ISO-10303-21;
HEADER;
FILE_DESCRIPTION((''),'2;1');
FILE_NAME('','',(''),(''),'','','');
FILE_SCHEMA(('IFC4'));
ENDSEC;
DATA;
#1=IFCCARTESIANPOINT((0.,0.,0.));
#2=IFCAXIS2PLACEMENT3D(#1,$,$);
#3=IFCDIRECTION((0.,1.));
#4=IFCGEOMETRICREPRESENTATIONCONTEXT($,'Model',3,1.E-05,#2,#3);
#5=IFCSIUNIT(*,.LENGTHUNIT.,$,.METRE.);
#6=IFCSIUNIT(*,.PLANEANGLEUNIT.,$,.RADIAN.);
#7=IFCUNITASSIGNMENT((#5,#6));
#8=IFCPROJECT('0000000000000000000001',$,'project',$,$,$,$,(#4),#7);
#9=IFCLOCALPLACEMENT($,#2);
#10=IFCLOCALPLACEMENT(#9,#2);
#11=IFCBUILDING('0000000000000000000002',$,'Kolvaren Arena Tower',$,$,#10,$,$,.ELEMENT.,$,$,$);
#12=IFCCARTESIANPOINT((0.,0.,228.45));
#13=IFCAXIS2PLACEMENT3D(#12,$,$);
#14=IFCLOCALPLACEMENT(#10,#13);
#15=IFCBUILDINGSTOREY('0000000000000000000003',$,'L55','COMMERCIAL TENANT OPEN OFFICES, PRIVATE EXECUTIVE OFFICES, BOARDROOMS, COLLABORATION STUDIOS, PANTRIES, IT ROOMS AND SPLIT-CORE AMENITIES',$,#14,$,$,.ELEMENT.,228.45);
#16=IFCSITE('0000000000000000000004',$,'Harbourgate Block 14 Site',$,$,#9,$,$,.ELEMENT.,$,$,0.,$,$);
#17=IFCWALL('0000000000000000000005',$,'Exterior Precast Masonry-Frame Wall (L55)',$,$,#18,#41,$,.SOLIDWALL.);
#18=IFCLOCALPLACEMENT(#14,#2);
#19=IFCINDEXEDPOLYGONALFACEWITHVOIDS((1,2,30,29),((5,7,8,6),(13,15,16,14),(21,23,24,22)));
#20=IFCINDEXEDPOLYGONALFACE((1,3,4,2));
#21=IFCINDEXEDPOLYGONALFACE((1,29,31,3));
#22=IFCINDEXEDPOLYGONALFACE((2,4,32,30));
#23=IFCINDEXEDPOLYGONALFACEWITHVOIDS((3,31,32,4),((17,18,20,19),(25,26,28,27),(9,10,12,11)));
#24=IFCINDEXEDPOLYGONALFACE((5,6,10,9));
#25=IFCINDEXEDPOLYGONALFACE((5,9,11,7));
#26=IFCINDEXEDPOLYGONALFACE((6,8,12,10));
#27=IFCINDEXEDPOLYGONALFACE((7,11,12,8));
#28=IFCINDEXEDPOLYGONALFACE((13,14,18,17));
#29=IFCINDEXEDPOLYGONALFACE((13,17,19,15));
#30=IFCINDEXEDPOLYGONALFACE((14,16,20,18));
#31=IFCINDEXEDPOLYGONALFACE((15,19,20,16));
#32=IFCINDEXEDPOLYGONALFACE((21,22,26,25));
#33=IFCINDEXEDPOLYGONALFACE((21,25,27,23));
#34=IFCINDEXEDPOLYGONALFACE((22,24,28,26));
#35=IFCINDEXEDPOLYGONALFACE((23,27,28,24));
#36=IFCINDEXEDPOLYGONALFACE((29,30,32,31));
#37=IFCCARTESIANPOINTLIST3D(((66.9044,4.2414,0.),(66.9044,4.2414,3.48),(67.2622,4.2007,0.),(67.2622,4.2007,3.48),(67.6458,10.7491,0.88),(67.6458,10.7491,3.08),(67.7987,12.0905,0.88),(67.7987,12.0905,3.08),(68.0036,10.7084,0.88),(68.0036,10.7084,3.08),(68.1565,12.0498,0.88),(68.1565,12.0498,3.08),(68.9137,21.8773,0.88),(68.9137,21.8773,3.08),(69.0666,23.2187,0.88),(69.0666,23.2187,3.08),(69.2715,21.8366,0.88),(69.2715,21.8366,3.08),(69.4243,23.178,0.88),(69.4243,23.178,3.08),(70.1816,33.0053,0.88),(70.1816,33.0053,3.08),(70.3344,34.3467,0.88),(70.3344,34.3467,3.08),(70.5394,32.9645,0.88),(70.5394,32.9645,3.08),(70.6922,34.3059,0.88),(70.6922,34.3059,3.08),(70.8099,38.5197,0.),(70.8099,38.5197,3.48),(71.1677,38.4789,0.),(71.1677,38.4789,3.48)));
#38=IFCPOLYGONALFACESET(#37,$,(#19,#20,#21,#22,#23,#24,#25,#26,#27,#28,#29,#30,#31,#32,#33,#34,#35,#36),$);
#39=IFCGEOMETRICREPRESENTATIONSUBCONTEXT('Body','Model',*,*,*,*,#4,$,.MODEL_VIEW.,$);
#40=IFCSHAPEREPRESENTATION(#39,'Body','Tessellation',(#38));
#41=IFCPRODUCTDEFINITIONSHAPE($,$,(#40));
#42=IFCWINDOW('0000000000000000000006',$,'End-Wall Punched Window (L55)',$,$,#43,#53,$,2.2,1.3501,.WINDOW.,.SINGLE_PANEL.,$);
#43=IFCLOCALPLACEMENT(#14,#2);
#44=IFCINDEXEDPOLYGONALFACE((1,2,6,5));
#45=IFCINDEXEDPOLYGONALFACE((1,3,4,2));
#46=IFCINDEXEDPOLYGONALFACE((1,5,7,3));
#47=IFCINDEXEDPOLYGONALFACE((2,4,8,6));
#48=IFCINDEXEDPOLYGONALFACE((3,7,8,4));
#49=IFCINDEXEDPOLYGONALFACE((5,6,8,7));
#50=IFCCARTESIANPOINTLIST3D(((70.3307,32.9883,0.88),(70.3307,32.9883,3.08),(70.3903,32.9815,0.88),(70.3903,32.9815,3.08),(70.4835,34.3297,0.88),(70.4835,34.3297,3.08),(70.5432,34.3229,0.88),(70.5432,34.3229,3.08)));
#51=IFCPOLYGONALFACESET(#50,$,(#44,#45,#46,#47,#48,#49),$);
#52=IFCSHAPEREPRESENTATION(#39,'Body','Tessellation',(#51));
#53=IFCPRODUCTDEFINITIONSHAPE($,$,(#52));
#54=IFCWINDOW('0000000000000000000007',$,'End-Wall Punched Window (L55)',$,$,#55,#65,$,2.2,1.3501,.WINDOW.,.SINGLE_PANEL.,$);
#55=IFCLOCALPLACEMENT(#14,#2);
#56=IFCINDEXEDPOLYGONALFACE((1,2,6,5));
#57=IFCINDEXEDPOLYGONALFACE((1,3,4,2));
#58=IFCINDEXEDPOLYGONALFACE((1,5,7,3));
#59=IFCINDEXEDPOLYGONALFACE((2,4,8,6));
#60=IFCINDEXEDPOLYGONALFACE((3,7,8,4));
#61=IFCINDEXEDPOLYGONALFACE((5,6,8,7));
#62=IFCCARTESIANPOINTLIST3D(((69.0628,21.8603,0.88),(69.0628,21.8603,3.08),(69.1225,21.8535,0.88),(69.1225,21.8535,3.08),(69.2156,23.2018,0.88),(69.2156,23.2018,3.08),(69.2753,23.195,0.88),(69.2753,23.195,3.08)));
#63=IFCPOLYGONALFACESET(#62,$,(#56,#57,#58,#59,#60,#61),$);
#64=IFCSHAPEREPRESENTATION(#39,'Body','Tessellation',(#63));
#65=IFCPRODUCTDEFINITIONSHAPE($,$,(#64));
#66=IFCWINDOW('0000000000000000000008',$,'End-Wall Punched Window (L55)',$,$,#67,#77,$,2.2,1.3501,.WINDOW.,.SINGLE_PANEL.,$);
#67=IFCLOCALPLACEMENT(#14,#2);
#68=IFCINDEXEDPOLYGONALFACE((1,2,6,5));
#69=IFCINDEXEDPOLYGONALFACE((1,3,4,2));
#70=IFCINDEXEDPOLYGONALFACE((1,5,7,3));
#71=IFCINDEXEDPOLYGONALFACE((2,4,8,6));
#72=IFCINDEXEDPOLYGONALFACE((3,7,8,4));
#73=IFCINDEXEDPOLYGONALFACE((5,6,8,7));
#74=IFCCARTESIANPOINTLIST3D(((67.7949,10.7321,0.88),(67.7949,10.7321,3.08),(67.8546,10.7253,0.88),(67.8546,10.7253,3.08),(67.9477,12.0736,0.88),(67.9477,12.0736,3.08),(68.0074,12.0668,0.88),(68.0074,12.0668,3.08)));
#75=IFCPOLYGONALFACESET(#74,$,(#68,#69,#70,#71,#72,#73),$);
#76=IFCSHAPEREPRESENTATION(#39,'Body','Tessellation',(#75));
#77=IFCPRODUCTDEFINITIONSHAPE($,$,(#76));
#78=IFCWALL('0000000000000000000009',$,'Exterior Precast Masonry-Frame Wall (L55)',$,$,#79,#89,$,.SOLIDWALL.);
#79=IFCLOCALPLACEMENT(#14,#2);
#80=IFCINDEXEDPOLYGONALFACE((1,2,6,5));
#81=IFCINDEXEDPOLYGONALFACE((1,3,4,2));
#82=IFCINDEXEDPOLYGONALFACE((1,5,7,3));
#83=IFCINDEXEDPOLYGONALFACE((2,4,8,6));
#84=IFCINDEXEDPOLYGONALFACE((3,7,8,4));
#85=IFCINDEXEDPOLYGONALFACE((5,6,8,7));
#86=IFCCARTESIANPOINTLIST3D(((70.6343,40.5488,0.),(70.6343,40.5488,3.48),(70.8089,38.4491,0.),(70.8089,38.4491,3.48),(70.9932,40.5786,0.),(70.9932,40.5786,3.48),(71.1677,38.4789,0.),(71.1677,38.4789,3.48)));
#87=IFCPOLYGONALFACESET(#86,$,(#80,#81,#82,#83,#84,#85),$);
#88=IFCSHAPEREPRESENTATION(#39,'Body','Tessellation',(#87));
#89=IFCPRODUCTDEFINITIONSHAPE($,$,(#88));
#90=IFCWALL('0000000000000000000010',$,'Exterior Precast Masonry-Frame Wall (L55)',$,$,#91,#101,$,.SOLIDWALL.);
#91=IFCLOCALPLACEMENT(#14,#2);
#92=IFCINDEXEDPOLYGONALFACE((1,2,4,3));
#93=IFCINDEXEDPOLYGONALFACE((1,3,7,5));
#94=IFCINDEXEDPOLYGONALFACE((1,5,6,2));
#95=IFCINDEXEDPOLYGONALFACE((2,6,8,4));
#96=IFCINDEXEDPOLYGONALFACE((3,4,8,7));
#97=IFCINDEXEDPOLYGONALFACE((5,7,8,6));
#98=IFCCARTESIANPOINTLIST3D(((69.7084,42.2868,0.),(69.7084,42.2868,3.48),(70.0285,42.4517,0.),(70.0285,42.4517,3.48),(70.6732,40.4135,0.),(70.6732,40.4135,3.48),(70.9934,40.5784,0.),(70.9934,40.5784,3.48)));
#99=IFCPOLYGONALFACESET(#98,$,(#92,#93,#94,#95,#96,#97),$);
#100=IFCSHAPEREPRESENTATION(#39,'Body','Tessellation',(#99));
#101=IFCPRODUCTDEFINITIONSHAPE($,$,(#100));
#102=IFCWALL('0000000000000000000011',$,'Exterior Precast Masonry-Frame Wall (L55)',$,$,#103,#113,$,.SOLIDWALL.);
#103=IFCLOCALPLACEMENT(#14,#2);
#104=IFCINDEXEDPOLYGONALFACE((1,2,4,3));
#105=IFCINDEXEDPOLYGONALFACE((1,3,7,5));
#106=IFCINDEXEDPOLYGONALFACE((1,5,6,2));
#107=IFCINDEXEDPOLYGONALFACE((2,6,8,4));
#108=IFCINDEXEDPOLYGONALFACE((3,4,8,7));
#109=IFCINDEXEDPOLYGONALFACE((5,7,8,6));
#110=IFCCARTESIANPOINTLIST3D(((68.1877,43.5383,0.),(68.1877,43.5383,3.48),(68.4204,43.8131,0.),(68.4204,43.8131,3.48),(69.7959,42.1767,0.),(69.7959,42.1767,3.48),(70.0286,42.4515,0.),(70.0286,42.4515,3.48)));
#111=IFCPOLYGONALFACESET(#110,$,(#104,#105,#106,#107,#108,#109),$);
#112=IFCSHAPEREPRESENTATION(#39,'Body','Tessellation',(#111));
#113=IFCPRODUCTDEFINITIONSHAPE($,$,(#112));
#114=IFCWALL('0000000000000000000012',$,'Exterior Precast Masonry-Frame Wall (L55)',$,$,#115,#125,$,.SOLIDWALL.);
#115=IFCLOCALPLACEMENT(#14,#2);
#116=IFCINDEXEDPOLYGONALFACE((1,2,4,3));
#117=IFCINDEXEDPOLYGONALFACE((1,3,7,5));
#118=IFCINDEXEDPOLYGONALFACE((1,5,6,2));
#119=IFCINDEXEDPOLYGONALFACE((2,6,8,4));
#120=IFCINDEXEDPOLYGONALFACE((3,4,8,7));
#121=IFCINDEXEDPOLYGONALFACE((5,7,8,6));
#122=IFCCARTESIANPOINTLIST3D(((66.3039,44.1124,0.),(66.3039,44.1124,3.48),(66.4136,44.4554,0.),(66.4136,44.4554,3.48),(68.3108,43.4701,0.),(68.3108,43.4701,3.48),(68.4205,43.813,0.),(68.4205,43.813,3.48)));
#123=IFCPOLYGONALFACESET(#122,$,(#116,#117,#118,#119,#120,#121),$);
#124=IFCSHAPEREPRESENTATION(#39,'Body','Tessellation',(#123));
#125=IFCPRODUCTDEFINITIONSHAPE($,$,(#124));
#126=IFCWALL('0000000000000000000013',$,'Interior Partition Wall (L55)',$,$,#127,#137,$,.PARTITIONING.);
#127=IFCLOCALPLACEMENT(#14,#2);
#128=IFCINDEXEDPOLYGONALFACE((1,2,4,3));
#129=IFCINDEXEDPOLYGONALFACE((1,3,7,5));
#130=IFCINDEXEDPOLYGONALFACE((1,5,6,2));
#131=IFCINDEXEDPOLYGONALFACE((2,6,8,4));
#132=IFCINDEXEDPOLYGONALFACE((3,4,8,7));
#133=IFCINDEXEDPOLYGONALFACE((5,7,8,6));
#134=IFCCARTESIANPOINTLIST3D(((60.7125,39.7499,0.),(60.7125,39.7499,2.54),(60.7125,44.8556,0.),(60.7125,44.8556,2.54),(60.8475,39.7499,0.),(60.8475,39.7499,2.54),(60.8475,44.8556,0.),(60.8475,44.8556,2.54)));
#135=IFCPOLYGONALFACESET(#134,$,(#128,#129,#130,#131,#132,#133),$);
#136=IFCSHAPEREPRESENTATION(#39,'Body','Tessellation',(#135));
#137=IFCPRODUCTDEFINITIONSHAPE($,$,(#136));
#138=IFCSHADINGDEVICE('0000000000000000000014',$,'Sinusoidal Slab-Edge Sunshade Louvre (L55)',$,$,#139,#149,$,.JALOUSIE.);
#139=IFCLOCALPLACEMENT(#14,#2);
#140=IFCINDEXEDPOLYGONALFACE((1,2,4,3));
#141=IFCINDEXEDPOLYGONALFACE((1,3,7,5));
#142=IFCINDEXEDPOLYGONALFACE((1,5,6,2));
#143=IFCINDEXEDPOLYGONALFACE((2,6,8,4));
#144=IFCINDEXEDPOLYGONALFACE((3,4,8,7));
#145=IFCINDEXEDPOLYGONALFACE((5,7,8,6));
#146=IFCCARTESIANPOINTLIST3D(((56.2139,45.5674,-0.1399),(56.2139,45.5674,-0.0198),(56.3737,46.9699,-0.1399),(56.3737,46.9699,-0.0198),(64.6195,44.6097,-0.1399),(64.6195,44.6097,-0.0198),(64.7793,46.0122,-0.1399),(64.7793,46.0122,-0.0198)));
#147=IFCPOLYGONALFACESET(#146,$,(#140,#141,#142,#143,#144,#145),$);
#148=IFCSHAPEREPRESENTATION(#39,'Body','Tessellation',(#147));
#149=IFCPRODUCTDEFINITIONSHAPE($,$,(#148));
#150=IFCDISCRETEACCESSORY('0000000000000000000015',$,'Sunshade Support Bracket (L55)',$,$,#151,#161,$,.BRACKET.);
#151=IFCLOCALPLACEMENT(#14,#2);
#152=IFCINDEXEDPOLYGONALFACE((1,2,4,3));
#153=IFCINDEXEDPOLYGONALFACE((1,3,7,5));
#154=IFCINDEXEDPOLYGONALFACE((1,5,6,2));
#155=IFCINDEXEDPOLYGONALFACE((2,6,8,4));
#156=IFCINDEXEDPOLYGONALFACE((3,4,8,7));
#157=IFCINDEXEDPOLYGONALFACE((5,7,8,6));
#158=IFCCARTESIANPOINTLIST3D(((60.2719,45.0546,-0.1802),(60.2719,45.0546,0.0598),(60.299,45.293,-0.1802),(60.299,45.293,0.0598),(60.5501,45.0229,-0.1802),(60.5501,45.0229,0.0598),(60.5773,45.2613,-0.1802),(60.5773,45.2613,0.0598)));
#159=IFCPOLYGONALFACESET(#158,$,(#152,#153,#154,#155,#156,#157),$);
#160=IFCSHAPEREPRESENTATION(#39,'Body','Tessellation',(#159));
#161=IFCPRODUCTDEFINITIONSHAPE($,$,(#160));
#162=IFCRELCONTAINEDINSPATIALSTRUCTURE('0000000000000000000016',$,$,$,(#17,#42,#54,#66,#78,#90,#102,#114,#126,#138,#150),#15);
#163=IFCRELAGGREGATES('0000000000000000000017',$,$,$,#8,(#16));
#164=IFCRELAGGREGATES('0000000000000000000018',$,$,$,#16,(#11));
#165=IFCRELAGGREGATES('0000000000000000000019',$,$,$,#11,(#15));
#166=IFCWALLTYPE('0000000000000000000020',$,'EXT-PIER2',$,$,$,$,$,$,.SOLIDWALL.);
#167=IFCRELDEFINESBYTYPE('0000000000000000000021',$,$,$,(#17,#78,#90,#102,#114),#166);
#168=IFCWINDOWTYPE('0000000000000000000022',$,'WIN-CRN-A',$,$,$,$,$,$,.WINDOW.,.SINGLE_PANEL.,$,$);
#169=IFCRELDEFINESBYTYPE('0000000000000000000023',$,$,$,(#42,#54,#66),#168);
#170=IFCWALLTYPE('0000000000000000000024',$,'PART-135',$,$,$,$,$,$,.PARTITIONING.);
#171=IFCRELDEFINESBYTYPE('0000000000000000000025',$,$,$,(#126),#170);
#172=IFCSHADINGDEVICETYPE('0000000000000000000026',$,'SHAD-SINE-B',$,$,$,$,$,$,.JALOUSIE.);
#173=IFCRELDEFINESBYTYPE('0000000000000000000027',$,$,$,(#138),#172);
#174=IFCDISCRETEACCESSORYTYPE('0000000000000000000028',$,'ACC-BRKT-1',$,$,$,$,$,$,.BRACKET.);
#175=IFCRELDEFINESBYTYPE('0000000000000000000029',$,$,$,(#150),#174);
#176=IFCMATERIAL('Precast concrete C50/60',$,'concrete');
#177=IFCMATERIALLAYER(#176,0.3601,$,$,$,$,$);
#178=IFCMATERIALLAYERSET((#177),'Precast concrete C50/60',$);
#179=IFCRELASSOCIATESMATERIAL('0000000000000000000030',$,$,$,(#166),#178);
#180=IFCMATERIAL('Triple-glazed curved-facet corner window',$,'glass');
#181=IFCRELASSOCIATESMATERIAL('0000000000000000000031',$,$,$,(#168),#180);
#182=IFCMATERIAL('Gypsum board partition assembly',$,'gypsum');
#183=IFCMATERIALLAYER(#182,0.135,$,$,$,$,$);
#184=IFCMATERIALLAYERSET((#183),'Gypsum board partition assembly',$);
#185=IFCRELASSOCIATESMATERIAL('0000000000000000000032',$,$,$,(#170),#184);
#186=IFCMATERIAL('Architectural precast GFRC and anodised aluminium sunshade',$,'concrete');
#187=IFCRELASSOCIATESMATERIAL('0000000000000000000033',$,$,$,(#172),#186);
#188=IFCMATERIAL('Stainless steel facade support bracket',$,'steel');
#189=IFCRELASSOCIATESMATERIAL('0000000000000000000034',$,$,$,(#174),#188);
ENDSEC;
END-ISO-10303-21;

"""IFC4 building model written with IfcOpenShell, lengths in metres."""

from ifc_helpers import new_model, si_unit, direction, frame, frame_2d, origin, origin_2d, place, context, subcontext, project, spatial, rectangle, extrude, material, layer, layer_set, type_object, element, fill, save


model = new_model("IFC4")

# Units and contexts
model_context = context("Model", 3, precision=1e-05, world=origin(), true_north=direction((0.0, 1.0)))
body_context = subcontext(model_context, "Body", "Model", "MODEL_VIEW")
ifc_project = project(units=[si_unit("LENGTHUNIT", "METRE"), si_unit("PLANEANGLEUNIT", "RADIAN")], contexts=[model_context])

# Site, building, storey
site_placement = place(None, origin())
site = spatial("IfcSite", under=ifc_project, at=site_placement, Name="Harbourgate Block 14 Site", CompositionType="ELEMENT", RefElevation=0.0)
building_placement = place(site_placement, origin())
building = spatial("IfcBuilding", under=site, at=building_placement, Name="Kolvaren Arena Tower", CompositionType="ELEMENT")
storey_placement = place(building_placement, frame((0.0, 0.0, 228.45)))
storey = spatial("IfcBuildingStorey", under=building, at=storey_placement, Name="L55", Description="COMMERCIAL TENANT OPEN OFFICES, PRIVATE EXECUTIVE OFFICES, BOARDROOMS, COLLABORATION STUDIOS, PANTRIES, IT ROOMS AND SPLIT-CORE AMENITIES", CompositionType="ELEMENT", Elevation=228.45)

# Wall, openings, windows
ifc_material_1 = material(Name="Precast concrete C50/60", Category="concrete")
ifc_layer_1 = layer(ifc_material_1, 0.3601)
ifc_layer_set_1 = layer_set([ifc_layer_1], Name="Precast concrete C50/60")
wall_type_1 = type_object("IfcWallType", Name="EXT-PIER2", PredefinedType="SOLIDWALL", material=ifc_layer_set_1)
wall_1_placement = place(storey_placement, frame((70.9888, 38.4993, 0.0), z_axis=(0.0, 0.0, 1.0), x_axis=(-0.113203, -0.993572, 0.0)))
wall_1 = element("IfcWall", 1, at=wall_1_placement, inside=storey, type_object=wall_type_1, Name="Exterior Precast Masonry-Frame Wall (L55)", PredefinedType="SOLIDWALL", context=body_context, shape_type="SweptSolid", body=[
    extrude(rectangle(XDim=34.5, YDim=0.3601, at=frame_2d((17.25, 0.0))), origin(), (0.0, 0.0, 1.0), 3.48),
])
opening_1_placement = place(wall_1_placement, frame((4.2, 0.0, 0.8799)))
opening_1 = element("IfcOpeningElement", 2, at=opening_1_placement, cuts=wall_1, PredefinedType="OPENING", context=body_context, shape_type="SweptSolid", body=[
    extrude(rectangle(XDim=1.3501, YDim=2.2, at=frame_2d((0.675, 1.1001))), frame((0.0, 0.1899, 0.0), z_axis=(0.0, -1.0, 0.0), x_axis=(1.0, 0.0, 0.0)), (0.0, 0.0, 1.0), 0.3801),
])
opening_2_placement = place(wall_1_placement, frame((15.3999, 0.0, 0.8799)))
opening_2 = element("IfcOpeningElement", 3, at=opening_2_placement, cuts=wall_1, PredefinedType="OPENING", context=body_context, shape_type="SweptSolid", body=[
    extrude(rectangle(XDim=1.3501, YDim=2.2, at=frame_2d((0.675, 1.1001))), frame((0.0, 0.1899, 0.0), z_axis=(0.0, -1.0, 0.0), x_axis=(1.0, 0.0, 0.0)), (0.0, 0.0, 1.0), 0.3801),
])
opening_3_placement = place(wall_1_placement, frame((26.6001, 0.0, 0.8799)))
opening_3 = element("IfcOpeningElement", 4, at=opening_3_placement, cuts=wall_1, PredefinedType="OPENING", context=body_context, shape_type="SweptSolid", body=[
    extrude(rectangle(XDim=1.3501, YDim=2.2, at=frame_2d((0.675, 1.1001))), frame((0.0, 0.1899, 0.0), z_axis=(0.0, -1.0, 0.0), x_axis=(1.0, 0.0, 0.0)), (0.0, 0.0, 1.0), 0.3801),
])
ifc_material_2 = material(Name="Triple-glazed curved-facet corner window", Category="glass")
window_type = type_object("IfcWindowType", Name="WIN-CRN-A", PartitioningType="SINGLE_PANEL", PredefinedType="WINDOW", material=ifc_material_2)
window_1_placement = place(opening_1_placement, origin())
window_1 = element("IfcWindow", 5, at=window_1_placement, inside=storey, type_object=window_type, Name="End-Wall Punched Window (L55)", OverallHeight=2.2, OverallWidth=1.3501, PartitioningType="SINGLE_PANEL", PredefinedType="WINDOW", context=body_context, shape_type="SweptSolid", body=[
    extrude(rectangle(XDim=1.3501, YDim=2.2, at=frame_2d((0.675, 1.1001))), frame((0.0, 0.03, 0.0), z_axis=(0.0, -1.0, 0.0), x_axis=(1.0, 0.0, 0.0)), (0.0, 0.0, 1.0), 0.0601),
])
fill(opening_1, window_1)
window_2_placement = place(opening_2_placement, origin())
window_2 = element("IfcWindow", 6, at=window_2_placement, inside=storey, type_object=window_type, Name="End-Wall Punched Window (L55)", OverallHeight=2.2, OverallWidth=1.3501, PartitioningType="SINGLE_PANEL", PredefinedType="WINDOW", context=body_context, shape_type="SweptSolid", body=[
    extrude(rectangle(XDim=1.3501, YDim=2.2, at=frame_2d((0.675, 1.1001))), frame((0.0, 0.03, 0.0), z_axis=(0.0, -1.0, 0.0), x_axis=(1.0, 0.0, 0.0)), (0.0, 0.0, 1.0), 0.0601),
])
fill(opening_2, window_2)
window_3_placement = place(opening_3_placement, origin())
window_3 = element("IfcWindow", 7, at=window_3_placement, inside=storey, type_object=window_type, Name="End-Wall Punched Window (L55)", OverallHeight=2.2, OverallWidth=1.3501, PartitioningType="SINGLE_PANEL", PredefinedType="WINDOW", context=body_context, shape_type="SweptSolid", body=[
    extrude(rectangle(XDim=1.3501, YDim=2.2, at=frame_2d((0.675, 1.1001))), frame((0.0, 0.03, 0.0), z_axis=(0.0, -1.0, 0.0), x_axis=(1.0, 0.0, 0.0)), (0.0, 0.0, 1.0), 0.0601),
])
fill(opening_3, window_3)

# Walls
wall_2_placement = place(storey_placement, frame((70.8137, 40.5637, 0.0), z_axis=(0.0, 0.0, 1.0), x_axis=(0.082854, -0.996562, 0.0)))
element("IfcWall", 8, at=wall_2_placement, inside=storey, type_object=wall_type_1, Name="Exterior Precast Masonry-Frame Wall (L55)", PredefinedType="SOLIDWALL", context=body_context, shape_type="SweptSolid", body=[
    extrude(rectangle(XDim=2.1069, YDim=0.3601, at=frame_2d((1.0535, 0.0))), origin(), (0.0, 0.0, 1.0), 3.48),
])
for number, where, z_axis, x_axis, name in (
    (9, (69.8684, 42.3694, 0.0), (0.0, 0.0, 1.0), (0.457887, -0.88901, 0.0), "Exterior Precast Masonry-Frame Wall (L55)"),
    (10, (68.304, 43.6758, 0.0), (0.0, 0.0, 1.0), (0.763193, -0.646171, 0.0), "Exterior Precast Masonry-Frame Wall (L55)"),
    (11, (66.3586, 44.2839, 0.0), (0.0, 0.0, 1.0), (0.952404, -0.304839, 0.0), "Exterior Precast Masonry-Frame Wall (L55)"),
):
    element("IfcWall", number, at=place(storey_placement, frame(where, z_axis=z_axis, x_axis=x_axis)), inside=storey, type_object=wall_type_1, Name=name, PredefinedType="SOLIDWALL", context=body_context, shape_type="SweptSolid", body=[
        extrude(rectangle(XDim=2.1072, YDim=0.3601, at=frame_2d((1.0537, 0.0))), origin(), (0.0, 0.0, 1.0), 3.48),
    ])
ifc_material_3 = material(Name="Gypsum board partition assembly", Category="gypsum")
ifc_layer_2 = layer(ifc_material_3, 0.135)
ifc_layer_set_2 = layer_set([ifc_layer_2], Name="Gypsum board partition assembly")
wall_type_2 = type_object("IfcWallType", Name="PART-135", PredefinedType="PARTITIONING", material=ifc_layer_set_2)
wall_3_placement = place(storey_placement, frame((60.78, 39.75, 0.0), z_axis=(0.0, 0.0, 1.0), x_axis=(0.0, 1.0, 0.0)))
element("IfcWall", 12, at=wall_3_placement, inside=storey, type_object=wall_type_2, Name="Interior Partition Wall (L55)", PredefinedType="PARTITIONING", context=body_context, shape_type="SweptSolid", body=[
    extrude(rectangle(XDim=5.1057, YDim=0.135, at=frame_2d((2.5527, 0.0))), origin(), (0.0, 0.0, 1.0), 2.54),
])

# Shading device
ifc_material_4 = material(Name="Architectural precast GFRC and anodised aluminium sunshade", Category="concrete")
shading_device_type = type_object("IfcShadingDeviceType", Name="SHAD-SINE-B", PredefinedType="JALOUSIE", material=ifc_material_4)
shading_device_placement = place(storey_placement, frame((60.4966, 45.7898, -0.1399), z_axis=(0.0, 0.0, 1.0), x_axis=(0.993572, -0.113205, 0.0)))
element("IfcShadingDevice", 13, at=shading_device_placement, inside=storey, type_object=shading_device_type, Name="Sinusoidal Slab-Edge Sunshade Louvre (L55)", PredefinedType="JALOUSIE", context=body_context, shape_type="SweptSolid", body=[
    extrude(rectangle(XDim=8.46, YDim=1.4116, at=origin_2d()), origin(), (0.0, 0.0, 1.0), 0.1201),
])

# Discrete accessory
ifc_material_5 = material(Name="Stainless steel facade support bracket", Category="steel")
discrete_accessory_type = type_object("IfcDiscreteAccessoryType", Name="ACC-BRKT-1", PredefinedType="BRACKET", material=ifc_material_5)
discrete_accessory_placement = place(storey_placement, frame((60.4246, 45.158, -0.1802), z_axis=(0.0, 0.0, 1.0), x_axis=(0.993572, -0.113205, 0.0)))
element("IfcDiscreteAccessory", 14, at=discrete_accessory_placement, inside=storey, type_object=discrete_accessory_type, Name="Sunshade Support Bracket (L55)", PredefinedType="BRACKET", context=body_context, shape_type="SweptSolid", body=[
    extrude(rectangle(XDim=0.28, YDim=0.24, at=origin_2d()), origin(), (0.0, 0.0, 1.0), 0.24),
])

save(model, "model.ifc")
